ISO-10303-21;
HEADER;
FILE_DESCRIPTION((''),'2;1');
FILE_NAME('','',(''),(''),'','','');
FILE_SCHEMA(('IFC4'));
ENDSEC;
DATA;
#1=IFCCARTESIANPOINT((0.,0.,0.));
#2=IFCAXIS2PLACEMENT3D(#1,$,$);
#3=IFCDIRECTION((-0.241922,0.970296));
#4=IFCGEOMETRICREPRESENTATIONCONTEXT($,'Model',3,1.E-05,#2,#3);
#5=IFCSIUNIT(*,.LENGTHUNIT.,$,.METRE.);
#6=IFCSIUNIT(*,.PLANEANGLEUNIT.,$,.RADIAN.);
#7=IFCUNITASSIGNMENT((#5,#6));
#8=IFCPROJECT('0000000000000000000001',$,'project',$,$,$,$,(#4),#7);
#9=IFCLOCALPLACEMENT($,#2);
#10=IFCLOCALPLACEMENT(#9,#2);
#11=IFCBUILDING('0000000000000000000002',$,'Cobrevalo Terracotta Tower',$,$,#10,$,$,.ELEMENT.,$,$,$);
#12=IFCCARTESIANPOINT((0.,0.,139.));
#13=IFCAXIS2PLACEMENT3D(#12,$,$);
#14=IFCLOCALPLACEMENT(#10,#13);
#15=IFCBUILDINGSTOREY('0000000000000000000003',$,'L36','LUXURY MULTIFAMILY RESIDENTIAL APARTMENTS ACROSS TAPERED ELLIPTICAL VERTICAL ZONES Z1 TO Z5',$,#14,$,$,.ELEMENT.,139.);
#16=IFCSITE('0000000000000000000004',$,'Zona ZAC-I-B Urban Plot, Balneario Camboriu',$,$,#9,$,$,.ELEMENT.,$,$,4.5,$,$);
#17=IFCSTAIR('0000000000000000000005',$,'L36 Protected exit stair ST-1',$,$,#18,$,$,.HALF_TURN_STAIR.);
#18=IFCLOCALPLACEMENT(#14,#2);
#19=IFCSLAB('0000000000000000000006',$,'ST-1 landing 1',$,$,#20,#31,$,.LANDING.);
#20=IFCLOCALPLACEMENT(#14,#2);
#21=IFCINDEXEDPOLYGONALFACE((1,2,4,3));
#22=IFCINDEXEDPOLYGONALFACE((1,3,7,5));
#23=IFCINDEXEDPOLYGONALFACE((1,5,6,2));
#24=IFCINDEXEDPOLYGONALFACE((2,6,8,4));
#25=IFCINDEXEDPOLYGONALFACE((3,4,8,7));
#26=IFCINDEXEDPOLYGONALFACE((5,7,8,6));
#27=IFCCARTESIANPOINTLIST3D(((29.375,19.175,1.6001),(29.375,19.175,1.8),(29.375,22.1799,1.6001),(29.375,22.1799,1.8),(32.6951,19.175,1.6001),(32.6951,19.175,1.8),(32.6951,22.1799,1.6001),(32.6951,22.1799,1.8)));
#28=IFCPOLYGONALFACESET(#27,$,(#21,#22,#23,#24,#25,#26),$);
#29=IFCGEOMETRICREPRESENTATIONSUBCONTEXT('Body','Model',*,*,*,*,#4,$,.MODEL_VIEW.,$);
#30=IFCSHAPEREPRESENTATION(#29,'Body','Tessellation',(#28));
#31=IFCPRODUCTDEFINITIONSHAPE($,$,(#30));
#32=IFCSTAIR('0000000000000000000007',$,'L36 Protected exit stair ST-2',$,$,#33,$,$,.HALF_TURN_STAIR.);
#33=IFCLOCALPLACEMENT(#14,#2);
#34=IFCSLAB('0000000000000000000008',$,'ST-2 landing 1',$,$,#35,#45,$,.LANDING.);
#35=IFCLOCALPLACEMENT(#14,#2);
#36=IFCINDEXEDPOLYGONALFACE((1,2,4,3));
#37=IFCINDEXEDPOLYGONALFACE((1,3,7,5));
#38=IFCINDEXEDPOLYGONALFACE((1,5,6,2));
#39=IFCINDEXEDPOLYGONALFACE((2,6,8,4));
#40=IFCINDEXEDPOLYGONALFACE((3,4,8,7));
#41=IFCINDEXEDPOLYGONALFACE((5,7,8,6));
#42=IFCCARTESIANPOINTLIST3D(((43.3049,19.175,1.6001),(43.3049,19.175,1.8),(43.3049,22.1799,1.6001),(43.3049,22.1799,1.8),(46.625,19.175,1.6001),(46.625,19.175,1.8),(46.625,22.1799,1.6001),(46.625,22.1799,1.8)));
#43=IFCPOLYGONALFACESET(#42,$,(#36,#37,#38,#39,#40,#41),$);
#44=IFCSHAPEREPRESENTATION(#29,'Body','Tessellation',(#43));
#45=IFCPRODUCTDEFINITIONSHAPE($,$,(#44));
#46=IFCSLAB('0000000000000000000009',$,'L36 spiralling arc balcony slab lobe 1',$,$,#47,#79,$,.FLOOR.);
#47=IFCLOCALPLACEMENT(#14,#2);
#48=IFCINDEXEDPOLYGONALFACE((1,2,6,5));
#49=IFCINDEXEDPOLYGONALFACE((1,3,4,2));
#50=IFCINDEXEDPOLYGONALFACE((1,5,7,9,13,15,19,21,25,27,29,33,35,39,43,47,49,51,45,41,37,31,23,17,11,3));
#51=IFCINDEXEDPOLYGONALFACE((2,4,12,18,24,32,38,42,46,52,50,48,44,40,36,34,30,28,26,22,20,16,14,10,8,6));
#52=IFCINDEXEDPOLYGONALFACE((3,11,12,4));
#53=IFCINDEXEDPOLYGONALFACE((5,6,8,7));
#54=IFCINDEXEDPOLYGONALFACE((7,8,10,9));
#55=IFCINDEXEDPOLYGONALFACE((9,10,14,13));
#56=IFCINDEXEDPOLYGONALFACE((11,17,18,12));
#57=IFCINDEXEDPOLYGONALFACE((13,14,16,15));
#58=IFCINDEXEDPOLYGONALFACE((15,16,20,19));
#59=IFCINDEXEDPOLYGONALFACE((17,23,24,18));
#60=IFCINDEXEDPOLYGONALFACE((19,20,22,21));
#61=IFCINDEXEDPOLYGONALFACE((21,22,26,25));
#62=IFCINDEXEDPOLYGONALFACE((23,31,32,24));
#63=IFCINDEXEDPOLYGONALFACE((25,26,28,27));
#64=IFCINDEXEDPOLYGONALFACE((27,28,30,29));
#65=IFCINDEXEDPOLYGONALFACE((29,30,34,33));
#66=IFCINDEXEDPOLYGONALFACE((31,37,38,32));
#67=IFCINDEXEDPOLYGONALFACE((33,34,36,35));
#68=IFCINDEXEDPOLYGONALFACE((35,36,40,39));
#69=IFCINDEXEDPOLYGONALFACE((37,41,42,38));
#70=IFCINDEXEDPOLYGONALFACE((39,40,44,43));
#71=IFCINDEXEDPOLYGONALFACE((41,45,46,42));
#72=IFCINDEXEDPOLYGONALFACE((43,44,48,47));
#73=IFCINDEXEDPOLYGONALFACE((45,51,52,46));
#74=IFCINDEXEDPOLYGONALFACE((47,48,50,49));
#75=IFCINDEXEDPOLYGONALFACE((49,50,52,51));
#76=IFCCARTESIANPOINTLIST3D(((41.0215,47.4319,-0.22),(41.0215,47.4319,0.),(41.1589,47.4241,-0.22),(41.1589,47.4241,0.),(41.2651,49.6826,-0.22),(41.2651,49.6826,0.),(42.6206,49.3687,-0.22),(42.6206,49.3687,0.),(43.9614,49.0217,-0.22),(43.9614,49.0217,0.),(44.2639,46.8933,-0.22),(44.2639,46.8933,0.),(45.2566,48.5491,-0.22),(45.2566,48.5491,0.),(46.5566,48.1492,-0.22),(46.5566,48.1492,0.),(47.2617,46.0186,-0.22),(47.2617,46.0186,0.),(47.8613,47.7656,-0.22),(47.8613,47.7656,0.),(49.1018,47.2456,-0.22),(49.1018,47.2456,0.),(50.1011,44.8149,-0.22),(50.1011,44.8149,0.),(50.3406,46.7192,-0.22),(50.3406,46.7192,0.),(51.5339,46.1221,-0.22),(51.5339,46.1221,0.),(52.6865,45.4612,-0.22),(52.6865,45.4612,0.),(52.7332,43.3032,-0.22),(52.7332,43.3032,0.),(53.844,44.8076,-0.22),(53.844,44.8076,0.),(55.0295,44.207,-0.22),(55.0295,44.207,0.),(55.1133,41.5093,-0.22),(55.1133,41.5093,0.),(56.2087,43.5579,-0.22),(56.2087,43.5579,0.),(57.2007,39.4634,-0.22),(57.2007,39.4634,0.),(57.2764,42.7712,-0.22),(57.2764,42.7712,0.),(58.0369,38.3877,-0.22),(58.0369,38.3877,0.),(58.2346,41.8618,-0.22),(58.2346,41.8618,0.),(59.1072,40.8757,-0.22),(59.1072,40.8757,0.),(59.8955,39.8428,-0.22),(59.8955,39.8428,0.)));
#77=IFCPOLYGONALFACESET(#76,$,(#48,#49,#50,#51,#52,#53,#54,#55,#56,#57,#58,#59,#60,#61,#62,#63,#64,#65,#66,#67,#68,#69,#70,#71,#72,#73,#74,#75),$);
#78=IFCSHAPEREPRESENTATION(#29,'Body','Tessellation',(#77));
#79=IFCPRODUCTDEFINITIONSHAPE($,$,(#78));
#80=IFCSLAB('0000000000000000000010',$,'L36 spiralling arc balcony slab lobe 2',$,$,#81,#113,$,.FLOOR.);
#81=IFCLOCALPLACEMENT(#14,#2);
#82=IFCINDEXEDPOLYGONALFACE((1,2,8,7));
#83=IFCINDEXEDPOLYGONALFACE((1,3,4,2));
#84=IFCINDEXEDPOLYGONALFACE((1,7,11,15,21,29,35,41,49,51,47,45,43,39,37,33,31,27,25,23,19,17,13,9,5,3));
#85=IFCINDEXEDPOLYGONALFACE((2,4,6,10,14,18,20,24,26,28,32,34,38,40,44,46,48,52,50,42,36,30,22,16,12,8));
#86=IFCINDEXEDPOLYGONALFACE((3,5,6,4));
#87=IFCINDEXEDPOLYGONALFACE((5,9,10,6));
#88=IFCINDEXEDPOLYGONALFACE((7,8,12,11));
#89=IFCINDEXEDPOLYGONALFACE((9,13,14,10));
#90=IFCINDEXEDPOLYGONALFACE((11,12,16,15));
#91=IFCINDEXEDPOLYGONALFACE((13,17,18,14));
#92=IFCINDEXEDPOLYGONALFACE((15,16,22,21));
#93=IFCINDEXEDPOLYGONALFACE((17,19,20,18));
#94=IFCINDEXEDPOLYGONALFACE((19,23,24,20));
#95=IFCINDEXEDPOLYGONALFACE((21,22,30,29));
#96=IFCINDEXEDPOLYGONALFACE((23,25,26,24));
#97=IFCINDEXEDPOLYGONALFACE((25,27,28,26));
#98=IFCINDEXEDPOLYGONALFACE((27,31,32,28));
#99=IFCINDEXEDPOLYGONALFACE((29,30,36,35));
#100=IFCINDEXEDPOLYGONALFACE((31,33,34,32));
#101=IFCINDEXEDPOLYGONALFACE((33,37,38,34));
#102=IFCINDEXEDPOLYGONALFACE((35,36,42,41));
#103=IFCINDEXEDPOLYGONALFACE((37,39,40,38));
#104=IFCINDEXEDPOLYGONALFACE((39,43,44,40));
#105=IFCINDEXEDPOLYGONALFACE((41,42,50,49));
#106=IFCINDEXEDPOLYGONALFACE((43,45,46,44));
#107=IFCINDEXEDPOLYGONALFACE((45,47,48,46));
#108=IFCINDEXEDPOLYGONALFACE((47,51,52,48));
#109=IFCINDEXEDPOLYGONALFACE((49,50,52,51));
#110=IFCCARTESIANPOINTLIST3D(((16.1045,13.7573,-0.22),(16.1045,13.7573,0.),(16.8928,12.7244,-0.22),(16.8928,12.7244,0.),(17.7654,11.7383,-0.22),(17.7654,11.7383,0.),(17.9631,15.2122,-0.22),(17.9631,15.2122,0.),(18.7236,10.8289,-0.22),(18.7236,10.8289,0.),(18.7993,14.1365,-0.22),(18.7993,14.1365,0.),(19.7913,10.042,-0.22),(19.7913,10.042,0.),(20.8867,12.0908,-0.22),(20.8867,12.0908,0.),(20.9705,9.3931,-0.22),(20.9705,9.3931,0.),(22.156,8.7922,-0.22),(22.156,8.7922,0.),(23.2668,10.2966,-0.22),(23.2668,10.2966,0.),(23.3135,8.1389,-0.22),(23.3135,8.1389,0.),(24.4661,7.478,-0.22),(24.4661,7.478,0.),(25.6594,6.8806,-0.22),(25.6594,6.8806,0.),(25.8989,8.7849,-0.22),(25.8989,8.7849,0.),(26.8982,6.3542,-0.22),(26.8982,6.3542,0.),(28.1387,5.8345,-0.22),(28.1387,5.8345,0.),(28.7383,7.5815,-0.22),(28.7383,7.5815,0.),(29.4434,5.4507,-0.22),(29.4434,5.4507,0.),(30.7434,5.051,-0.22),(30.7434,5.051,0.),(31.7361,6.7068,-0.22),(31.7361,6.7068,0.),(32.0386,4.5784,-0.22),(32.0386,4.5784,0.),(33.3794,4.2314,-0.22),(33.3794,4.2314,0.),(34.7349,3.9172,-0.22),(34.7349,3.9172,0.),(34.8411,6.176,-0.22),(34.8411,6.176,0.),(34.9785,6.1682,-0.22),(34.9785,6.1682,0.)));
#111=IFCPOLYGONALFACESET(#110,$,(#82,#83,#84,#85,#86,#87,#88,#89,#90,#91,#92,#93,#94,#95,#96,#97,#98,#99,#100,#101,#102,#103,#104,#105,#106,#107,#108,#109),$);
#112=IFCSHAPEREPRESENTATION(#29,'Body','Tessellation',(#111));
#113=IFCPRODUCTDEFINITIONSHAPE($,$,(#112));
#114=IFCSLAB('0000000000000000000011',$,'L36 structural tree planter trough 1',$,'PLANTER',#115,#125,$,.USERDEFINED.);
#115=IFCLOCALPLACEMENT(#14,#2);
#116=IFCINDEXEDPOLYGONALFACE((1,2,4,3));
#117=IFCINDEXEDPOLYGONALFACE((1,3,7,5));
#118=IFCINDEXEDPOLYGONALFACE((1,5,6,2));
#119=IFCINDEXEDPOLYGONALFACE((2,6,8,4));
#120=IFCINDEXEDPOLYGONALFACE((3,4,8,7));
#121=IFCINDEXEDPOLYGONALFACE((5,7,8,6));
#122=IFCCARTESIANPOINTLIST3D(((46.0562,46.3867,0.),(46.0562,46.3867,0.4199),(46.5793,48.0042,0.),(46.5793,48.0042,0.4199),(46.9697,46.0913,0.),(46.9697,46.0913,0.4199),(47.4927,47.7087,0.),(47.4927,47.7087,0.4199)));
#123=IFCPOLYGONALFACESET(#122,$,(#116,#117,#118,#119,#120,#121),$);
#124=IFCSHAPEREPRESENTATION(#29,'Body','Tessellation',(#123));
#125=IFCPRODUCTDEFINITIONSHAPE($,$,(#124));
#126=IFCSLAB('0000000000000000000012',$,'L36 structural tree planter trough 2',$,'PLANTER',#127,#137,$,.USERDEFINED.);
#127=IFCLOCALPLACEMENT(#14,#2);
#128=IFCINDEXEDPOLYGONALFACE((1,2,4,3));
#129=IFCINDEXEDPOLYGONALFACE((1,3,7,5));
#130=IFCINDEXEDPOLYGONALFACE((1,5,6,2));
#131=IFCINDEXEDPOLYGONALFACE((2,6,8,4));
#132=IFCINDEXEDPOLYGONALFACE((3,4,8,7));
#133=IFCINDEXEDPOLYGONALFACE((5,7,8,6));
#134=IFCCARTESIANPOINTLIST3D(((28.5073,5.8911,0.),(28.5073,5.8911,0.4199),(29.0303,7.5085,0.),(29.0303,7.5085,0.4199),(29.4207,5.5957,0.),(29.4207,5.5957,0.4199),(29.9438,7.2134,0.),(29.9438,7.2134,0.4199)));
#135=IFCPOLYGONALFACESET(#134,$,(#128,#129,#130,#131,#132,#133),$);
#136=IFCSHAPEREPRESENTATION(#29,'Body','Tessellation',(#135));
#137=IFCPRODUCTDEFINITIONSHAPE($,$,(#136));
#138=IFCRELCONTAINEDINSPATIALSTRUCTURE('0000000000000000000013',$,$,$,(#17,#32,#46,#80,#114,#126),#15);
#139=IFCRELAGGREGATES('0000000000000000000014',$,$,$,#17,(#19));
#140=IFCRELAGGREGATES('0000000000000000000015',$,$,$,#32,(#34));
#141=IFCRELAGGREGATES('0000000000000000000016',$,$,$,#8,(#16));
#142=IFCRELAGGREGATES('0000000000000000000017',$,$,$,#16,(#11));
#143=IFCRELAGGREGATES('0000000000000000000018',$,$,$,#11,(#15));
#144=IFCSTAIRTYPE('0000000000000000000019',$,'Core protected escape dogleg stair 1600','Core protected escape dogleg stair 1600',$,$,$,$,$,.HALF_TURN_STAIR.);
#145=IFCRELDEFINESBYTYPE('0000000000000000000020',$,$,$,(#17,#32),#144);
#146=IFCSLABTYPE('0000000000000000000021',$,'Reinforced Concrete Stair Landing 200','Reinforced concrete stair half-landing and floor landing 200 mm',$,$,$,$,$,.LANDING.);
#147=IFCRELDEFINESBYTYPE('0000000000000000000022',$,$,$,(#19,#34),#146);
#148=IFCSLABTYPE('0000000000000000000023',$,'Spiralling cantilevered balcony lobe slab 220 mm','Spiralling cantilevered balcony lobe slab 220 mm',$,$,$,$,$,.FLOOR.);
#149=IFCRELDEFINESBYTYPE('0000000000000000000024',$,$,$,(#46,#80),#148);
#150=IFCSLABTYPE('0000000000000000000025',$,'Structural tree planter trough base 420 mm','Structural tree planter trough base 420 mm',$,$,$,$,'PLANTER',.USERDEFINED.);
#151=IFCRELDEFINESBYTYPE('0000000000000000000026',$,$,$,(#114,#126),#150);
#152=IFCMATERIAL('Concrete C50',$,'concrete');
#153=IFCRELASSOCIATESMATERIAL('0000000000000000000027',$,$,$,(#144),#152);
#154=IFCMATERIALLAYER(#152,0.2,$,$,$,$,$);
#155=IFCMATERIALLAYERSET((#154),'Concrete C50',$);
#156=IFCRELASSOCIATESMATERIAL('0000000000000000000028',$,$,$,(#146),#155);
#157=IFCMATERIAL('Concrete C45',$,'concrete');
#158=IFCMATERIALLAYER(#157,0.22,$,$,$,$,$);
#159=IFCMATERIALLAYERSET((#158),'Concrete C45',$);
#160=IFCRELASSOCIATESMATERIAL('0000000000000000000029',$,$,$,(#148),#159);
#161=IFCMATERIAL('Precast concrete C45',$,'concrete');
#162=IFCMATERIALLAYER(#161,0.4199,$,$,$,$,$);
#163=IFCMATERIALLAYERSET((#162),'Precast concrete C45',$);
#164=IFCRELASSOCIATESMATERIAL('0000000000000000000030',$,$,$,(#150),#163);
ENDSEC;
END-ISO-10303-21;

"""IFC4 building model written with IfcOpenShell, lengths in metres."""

from ifc_helpers import new_model, si_unit, direction, frame, origin, place, context, subcontext, project, spatial, polyline, outline, extrude, material, layer, layer_set, type_object, element, aggregate, save


model = new_model("IFC4")

# Units and contexts
model_context = context("Model", 3, precision=1e-05, world=origin(), true_north=direction((-0.241922, 0.970296)))
body_context = subcontext(model_context, "Body", "Model", "MODEL_VIEW")
ifc_project = project(units=[si_unit("LENGTHUNIT", "METRE"), si_unit("PLANEANGLEUNIT", "RADIAN")], contexts=[model_context])

# Site, building, storey
site_placement = place(None, origin())
site = spatial("IfcSite", under=ifc_project, at=site_placement, Name="Zona ZAC-I-B Urban Plot, Balneario Camboriu", CompositionType="ELEMENT", RefElevation=4.5)
building_placement = place(site_placement, origin())
building = spatial("IfcBuilding", under=site, at=building_placement, Name="Cobrevalo Terracotta Tower", CompositionType="ELEMENT")
storey_placement = place(building_placement, frame((0.0, 0.0, 139.0)))
storey = spatial("IfcBuildingStorey", under=building, at=storey_placement, Name="L36", Description="LUXURY MULTIFAMILY RESIDENTIAL APARTMENTS ACROSS TAPERED ELLIPTICAL VERTICAL ZONES Z1 TO Z5", CompositionType="ELEMENT", Elevation=139.0)

# Stairs, slabs
ifc_material_1 = material(Name="Concrete C50", Category="concrete")
stair_type = type_object("IfcStairType", Name="Core protected escape dogleg stair 1600", Description="Core protected escape dogleg stair 1600", PredefinedType="HALF_TURN_STAIR", material=ifc_material_1)
stair_1_placement = place(storey_placement, origin())
stair_1 = element("IfcStair", 1, at=stair_1_placement, inside=storey, type_object=stair_type, Name="L36 Protected exit stair ST-1", PredefinedType="HALF_TURN_STAIR")
ifc_layer_1 = layer(ifc_material_1, 0.2)
ifc_layer_set_1 = layer_set([ifc_layer_1], Name="Concrete C50")
slab_type_1 = type_object("IfcSlabType", Name="Reinforced Concrete Stair Landing 200", Description="Reinforced concrete stair half-landing and floor landing 200 mm", PredefinedType="LANDING", material=ifc_layer_set_1)
slab_1_placement = place(storey_placement, frame((0.0, 0.0, 1.6001)))
slab_1 = element("IfcSlab", 2, at=slab_1_placement, type_object=slab_type_1, Name="ST-1 landing 1", PredefinedType="LANDING", context=body_context, shape_type="SweptSolid", body=[
    extrude(outline(polyline([(29.375, 22.1799), (29.375, 19.175), (32.6951, 19.175), (32.6951, 22.1799), (29.375, 22.1799)])), origin(), (0.0, 0.0, 1.0), 0.2),
])
aggregate(stair_1, [slab_1])
stair_2_placement = place(storey_placement, origin())
stair_2 = element("IfcStair", 3, at=stair_2_placement, inside=storey, type_object=stair_type, Name="L36 Protected exit stair ST-2", PredefinedType="HALF_TURN_STAIR")
slab_2_placement = place(storey_placement, frame((0.0, 0.0, 1.6001)))
slab_2 = element("IfcSlab", 4, at=slab_2_placement, type_object=slab_type_1, Name="ST-2 landing 1", PredefinedType="LANDING", context=body_context, shape_type="SweptSolid", body=[
    extrude(outline(polyline([(43.3049, 22.1799), (43.3049, 19.175), (46.625, 19.175), (46.625, 22.1799), (43.3049, 22.1799)])), origin(), (0.0, 0.0, 1.0), 0.2),
])
aggregate(stair_2, [slab_2])

# Slabs
ifc_material_2 = material(Name="Concrete C45", Category="concrete")
ifc_layer_2 = layer(ifc_material_2, 0.22)
ifc_layer_set_2 = layer_set([ifc_layer_2], Name="Concrete C45")
slab_type_2 = type_object("IfcSlabType", Name="Spiralling cantilevered balcony lobe slab 220 mm", Description="Spiralling cantilevered balcony lobe slab 220 mm", PredefinedType="FLOOR", material=ifc_layer_set_2)
slab_3_placement = place(storey_placement, frame((0.0, 0.0, -0.22)))
element("IfcSlab", 5, at=slab_3_placement, inside=storey, type_object=slab_type_2, Name="L36 spiralling arc balcony slab lobe 1", PredefinedType="FLOOR", context=body_context, shape_type="SweptSolid", body=[
    extrude(outline(polyline([(59.8955, 39.8428), (59.1072, 40.8757), (58.2346, 41.8618), (57.2764, 42.7712), (56.2087, 43.5579), (55.0295, 44.207), (53.844, 44.8076), (52.6865, 45.4612), (51.5339, 46.1221), (50.3406, 46.7192), (49.1018, 47.2456), (47.8613, 47.7656), (46.5566, 48.1492), (45.2566, 48.5491), (43.9614, 49.0217), (42.6206, 49.3687), (41.2651, 49.6826), (41.0215, 47.4319), (41.1589, 47.4241), (44.2639, 46.8933), (47.2617, 46.0186), (50.1011, 44.8149), (52.7332, 43.3032), (55.1133, 41.5093), (57.2007, 39.4634), (58.0369, 38.3877), (59.8955, 39.8428)])), origin(), (0.0, 0.0, 1.0), 0.22),
])
slab_4_placement = place(storey_placement, frame((0.0, 0.0, -0.22)))
element("IfcSlab", 6, at=slab_4_placement, inside=storey, type_object=slab_type_2, Name="L36 spiralling arc balcony slab lobe 2", PredefinedType="FLOOR", context=body_context, shape_type="SweptSolid", body=[
    extrude(outline(polyline([(16.1045, 13.7573), (16.8928, 12.7244), (17.7654, 11.7383), (18.7236, 10.8289), (19.7913, 10.042), (20.9705, 9.3931), (22.156, 8.7922), (23.3135, 8.1389), (24.4661, 7.478), (25.6594, 6.8806), (26.8982, 6.3542), (28.1387, 5.8345), (29.4434, 5.4507), (30.7434, 5.051), (32.0386, 4.5784), (33.3794, 4.2314), (34.7349, 3.9172), (34.9785, 6.1682), (34.8411, 6.176), (31.7361, 6.7068), (28.7383, 7.5815), (25.8989, 8.7849), (23.2668, 10.2966), (20.8867, 12.0908), (18.7993, 14.1365), (17.9631, 15.2122), (16.1045, 13.7573)])), origin(), (0.0, 0.0, 1.0), 0.22),
])
ifc_material_3 = material(Name="Precast concrete C45", Category="concrete")
ifc_layer_3 = layer(ifc_material_3, 0.4199)
ifc_layer_set_3 = layer_set([ifc_layer_3], Name="Precast concrete C45")
slab_type_3 = type_object("IfcSlabType", Name="Structural tree planter trough base 420 mm", Description="Structural tree planter trough base 420 mm", ElementType="PLANTER", PredefinedType="USERDEFINED", material=ifc_layer_set_3)
slab_5_placement = place(storey_placement, origin())
element("IfcSlab", 7, at=slab_5_placement, inside=storey, type_object=slab_type_3, Name="L36 structural tree planter trough 1", ObjectType="PLANTER", PredefinedType="USERDEFINED", context=body_context, shape_type="SweptSolid", body=[
    extrude(outline(polyline([(46.9697, 46.0913), (47.4927, 47.7087), (46.5793, 48.0042), (46.0562, 46.3867), (46.9697, 46.0913)])), origin(), (0.0, 0.0, 1.0), 0.4199),
])
slab_6_placement = place(storey_placement, origin())
element("IfcSlab", 8, at=slab_6_placement, inside=storey, type_object=slab_type_3, Name="L36 structural tree planter trough 2", ObjectType="PLANTER", PredefinedType="USERDEFINED", context=body_context, shape_type="SweptSolid", body=[
    extrude(outline(polyline([(29.0303, 7.5085), (28.5073, 5.8911), (29.4207, 5.5957), (29.9438, 7.2134), (29.0303, 7.5085)])), origin(), (0.0, 0.0, 1.0), 0.4199),
])

save(model, "model.ifc")
